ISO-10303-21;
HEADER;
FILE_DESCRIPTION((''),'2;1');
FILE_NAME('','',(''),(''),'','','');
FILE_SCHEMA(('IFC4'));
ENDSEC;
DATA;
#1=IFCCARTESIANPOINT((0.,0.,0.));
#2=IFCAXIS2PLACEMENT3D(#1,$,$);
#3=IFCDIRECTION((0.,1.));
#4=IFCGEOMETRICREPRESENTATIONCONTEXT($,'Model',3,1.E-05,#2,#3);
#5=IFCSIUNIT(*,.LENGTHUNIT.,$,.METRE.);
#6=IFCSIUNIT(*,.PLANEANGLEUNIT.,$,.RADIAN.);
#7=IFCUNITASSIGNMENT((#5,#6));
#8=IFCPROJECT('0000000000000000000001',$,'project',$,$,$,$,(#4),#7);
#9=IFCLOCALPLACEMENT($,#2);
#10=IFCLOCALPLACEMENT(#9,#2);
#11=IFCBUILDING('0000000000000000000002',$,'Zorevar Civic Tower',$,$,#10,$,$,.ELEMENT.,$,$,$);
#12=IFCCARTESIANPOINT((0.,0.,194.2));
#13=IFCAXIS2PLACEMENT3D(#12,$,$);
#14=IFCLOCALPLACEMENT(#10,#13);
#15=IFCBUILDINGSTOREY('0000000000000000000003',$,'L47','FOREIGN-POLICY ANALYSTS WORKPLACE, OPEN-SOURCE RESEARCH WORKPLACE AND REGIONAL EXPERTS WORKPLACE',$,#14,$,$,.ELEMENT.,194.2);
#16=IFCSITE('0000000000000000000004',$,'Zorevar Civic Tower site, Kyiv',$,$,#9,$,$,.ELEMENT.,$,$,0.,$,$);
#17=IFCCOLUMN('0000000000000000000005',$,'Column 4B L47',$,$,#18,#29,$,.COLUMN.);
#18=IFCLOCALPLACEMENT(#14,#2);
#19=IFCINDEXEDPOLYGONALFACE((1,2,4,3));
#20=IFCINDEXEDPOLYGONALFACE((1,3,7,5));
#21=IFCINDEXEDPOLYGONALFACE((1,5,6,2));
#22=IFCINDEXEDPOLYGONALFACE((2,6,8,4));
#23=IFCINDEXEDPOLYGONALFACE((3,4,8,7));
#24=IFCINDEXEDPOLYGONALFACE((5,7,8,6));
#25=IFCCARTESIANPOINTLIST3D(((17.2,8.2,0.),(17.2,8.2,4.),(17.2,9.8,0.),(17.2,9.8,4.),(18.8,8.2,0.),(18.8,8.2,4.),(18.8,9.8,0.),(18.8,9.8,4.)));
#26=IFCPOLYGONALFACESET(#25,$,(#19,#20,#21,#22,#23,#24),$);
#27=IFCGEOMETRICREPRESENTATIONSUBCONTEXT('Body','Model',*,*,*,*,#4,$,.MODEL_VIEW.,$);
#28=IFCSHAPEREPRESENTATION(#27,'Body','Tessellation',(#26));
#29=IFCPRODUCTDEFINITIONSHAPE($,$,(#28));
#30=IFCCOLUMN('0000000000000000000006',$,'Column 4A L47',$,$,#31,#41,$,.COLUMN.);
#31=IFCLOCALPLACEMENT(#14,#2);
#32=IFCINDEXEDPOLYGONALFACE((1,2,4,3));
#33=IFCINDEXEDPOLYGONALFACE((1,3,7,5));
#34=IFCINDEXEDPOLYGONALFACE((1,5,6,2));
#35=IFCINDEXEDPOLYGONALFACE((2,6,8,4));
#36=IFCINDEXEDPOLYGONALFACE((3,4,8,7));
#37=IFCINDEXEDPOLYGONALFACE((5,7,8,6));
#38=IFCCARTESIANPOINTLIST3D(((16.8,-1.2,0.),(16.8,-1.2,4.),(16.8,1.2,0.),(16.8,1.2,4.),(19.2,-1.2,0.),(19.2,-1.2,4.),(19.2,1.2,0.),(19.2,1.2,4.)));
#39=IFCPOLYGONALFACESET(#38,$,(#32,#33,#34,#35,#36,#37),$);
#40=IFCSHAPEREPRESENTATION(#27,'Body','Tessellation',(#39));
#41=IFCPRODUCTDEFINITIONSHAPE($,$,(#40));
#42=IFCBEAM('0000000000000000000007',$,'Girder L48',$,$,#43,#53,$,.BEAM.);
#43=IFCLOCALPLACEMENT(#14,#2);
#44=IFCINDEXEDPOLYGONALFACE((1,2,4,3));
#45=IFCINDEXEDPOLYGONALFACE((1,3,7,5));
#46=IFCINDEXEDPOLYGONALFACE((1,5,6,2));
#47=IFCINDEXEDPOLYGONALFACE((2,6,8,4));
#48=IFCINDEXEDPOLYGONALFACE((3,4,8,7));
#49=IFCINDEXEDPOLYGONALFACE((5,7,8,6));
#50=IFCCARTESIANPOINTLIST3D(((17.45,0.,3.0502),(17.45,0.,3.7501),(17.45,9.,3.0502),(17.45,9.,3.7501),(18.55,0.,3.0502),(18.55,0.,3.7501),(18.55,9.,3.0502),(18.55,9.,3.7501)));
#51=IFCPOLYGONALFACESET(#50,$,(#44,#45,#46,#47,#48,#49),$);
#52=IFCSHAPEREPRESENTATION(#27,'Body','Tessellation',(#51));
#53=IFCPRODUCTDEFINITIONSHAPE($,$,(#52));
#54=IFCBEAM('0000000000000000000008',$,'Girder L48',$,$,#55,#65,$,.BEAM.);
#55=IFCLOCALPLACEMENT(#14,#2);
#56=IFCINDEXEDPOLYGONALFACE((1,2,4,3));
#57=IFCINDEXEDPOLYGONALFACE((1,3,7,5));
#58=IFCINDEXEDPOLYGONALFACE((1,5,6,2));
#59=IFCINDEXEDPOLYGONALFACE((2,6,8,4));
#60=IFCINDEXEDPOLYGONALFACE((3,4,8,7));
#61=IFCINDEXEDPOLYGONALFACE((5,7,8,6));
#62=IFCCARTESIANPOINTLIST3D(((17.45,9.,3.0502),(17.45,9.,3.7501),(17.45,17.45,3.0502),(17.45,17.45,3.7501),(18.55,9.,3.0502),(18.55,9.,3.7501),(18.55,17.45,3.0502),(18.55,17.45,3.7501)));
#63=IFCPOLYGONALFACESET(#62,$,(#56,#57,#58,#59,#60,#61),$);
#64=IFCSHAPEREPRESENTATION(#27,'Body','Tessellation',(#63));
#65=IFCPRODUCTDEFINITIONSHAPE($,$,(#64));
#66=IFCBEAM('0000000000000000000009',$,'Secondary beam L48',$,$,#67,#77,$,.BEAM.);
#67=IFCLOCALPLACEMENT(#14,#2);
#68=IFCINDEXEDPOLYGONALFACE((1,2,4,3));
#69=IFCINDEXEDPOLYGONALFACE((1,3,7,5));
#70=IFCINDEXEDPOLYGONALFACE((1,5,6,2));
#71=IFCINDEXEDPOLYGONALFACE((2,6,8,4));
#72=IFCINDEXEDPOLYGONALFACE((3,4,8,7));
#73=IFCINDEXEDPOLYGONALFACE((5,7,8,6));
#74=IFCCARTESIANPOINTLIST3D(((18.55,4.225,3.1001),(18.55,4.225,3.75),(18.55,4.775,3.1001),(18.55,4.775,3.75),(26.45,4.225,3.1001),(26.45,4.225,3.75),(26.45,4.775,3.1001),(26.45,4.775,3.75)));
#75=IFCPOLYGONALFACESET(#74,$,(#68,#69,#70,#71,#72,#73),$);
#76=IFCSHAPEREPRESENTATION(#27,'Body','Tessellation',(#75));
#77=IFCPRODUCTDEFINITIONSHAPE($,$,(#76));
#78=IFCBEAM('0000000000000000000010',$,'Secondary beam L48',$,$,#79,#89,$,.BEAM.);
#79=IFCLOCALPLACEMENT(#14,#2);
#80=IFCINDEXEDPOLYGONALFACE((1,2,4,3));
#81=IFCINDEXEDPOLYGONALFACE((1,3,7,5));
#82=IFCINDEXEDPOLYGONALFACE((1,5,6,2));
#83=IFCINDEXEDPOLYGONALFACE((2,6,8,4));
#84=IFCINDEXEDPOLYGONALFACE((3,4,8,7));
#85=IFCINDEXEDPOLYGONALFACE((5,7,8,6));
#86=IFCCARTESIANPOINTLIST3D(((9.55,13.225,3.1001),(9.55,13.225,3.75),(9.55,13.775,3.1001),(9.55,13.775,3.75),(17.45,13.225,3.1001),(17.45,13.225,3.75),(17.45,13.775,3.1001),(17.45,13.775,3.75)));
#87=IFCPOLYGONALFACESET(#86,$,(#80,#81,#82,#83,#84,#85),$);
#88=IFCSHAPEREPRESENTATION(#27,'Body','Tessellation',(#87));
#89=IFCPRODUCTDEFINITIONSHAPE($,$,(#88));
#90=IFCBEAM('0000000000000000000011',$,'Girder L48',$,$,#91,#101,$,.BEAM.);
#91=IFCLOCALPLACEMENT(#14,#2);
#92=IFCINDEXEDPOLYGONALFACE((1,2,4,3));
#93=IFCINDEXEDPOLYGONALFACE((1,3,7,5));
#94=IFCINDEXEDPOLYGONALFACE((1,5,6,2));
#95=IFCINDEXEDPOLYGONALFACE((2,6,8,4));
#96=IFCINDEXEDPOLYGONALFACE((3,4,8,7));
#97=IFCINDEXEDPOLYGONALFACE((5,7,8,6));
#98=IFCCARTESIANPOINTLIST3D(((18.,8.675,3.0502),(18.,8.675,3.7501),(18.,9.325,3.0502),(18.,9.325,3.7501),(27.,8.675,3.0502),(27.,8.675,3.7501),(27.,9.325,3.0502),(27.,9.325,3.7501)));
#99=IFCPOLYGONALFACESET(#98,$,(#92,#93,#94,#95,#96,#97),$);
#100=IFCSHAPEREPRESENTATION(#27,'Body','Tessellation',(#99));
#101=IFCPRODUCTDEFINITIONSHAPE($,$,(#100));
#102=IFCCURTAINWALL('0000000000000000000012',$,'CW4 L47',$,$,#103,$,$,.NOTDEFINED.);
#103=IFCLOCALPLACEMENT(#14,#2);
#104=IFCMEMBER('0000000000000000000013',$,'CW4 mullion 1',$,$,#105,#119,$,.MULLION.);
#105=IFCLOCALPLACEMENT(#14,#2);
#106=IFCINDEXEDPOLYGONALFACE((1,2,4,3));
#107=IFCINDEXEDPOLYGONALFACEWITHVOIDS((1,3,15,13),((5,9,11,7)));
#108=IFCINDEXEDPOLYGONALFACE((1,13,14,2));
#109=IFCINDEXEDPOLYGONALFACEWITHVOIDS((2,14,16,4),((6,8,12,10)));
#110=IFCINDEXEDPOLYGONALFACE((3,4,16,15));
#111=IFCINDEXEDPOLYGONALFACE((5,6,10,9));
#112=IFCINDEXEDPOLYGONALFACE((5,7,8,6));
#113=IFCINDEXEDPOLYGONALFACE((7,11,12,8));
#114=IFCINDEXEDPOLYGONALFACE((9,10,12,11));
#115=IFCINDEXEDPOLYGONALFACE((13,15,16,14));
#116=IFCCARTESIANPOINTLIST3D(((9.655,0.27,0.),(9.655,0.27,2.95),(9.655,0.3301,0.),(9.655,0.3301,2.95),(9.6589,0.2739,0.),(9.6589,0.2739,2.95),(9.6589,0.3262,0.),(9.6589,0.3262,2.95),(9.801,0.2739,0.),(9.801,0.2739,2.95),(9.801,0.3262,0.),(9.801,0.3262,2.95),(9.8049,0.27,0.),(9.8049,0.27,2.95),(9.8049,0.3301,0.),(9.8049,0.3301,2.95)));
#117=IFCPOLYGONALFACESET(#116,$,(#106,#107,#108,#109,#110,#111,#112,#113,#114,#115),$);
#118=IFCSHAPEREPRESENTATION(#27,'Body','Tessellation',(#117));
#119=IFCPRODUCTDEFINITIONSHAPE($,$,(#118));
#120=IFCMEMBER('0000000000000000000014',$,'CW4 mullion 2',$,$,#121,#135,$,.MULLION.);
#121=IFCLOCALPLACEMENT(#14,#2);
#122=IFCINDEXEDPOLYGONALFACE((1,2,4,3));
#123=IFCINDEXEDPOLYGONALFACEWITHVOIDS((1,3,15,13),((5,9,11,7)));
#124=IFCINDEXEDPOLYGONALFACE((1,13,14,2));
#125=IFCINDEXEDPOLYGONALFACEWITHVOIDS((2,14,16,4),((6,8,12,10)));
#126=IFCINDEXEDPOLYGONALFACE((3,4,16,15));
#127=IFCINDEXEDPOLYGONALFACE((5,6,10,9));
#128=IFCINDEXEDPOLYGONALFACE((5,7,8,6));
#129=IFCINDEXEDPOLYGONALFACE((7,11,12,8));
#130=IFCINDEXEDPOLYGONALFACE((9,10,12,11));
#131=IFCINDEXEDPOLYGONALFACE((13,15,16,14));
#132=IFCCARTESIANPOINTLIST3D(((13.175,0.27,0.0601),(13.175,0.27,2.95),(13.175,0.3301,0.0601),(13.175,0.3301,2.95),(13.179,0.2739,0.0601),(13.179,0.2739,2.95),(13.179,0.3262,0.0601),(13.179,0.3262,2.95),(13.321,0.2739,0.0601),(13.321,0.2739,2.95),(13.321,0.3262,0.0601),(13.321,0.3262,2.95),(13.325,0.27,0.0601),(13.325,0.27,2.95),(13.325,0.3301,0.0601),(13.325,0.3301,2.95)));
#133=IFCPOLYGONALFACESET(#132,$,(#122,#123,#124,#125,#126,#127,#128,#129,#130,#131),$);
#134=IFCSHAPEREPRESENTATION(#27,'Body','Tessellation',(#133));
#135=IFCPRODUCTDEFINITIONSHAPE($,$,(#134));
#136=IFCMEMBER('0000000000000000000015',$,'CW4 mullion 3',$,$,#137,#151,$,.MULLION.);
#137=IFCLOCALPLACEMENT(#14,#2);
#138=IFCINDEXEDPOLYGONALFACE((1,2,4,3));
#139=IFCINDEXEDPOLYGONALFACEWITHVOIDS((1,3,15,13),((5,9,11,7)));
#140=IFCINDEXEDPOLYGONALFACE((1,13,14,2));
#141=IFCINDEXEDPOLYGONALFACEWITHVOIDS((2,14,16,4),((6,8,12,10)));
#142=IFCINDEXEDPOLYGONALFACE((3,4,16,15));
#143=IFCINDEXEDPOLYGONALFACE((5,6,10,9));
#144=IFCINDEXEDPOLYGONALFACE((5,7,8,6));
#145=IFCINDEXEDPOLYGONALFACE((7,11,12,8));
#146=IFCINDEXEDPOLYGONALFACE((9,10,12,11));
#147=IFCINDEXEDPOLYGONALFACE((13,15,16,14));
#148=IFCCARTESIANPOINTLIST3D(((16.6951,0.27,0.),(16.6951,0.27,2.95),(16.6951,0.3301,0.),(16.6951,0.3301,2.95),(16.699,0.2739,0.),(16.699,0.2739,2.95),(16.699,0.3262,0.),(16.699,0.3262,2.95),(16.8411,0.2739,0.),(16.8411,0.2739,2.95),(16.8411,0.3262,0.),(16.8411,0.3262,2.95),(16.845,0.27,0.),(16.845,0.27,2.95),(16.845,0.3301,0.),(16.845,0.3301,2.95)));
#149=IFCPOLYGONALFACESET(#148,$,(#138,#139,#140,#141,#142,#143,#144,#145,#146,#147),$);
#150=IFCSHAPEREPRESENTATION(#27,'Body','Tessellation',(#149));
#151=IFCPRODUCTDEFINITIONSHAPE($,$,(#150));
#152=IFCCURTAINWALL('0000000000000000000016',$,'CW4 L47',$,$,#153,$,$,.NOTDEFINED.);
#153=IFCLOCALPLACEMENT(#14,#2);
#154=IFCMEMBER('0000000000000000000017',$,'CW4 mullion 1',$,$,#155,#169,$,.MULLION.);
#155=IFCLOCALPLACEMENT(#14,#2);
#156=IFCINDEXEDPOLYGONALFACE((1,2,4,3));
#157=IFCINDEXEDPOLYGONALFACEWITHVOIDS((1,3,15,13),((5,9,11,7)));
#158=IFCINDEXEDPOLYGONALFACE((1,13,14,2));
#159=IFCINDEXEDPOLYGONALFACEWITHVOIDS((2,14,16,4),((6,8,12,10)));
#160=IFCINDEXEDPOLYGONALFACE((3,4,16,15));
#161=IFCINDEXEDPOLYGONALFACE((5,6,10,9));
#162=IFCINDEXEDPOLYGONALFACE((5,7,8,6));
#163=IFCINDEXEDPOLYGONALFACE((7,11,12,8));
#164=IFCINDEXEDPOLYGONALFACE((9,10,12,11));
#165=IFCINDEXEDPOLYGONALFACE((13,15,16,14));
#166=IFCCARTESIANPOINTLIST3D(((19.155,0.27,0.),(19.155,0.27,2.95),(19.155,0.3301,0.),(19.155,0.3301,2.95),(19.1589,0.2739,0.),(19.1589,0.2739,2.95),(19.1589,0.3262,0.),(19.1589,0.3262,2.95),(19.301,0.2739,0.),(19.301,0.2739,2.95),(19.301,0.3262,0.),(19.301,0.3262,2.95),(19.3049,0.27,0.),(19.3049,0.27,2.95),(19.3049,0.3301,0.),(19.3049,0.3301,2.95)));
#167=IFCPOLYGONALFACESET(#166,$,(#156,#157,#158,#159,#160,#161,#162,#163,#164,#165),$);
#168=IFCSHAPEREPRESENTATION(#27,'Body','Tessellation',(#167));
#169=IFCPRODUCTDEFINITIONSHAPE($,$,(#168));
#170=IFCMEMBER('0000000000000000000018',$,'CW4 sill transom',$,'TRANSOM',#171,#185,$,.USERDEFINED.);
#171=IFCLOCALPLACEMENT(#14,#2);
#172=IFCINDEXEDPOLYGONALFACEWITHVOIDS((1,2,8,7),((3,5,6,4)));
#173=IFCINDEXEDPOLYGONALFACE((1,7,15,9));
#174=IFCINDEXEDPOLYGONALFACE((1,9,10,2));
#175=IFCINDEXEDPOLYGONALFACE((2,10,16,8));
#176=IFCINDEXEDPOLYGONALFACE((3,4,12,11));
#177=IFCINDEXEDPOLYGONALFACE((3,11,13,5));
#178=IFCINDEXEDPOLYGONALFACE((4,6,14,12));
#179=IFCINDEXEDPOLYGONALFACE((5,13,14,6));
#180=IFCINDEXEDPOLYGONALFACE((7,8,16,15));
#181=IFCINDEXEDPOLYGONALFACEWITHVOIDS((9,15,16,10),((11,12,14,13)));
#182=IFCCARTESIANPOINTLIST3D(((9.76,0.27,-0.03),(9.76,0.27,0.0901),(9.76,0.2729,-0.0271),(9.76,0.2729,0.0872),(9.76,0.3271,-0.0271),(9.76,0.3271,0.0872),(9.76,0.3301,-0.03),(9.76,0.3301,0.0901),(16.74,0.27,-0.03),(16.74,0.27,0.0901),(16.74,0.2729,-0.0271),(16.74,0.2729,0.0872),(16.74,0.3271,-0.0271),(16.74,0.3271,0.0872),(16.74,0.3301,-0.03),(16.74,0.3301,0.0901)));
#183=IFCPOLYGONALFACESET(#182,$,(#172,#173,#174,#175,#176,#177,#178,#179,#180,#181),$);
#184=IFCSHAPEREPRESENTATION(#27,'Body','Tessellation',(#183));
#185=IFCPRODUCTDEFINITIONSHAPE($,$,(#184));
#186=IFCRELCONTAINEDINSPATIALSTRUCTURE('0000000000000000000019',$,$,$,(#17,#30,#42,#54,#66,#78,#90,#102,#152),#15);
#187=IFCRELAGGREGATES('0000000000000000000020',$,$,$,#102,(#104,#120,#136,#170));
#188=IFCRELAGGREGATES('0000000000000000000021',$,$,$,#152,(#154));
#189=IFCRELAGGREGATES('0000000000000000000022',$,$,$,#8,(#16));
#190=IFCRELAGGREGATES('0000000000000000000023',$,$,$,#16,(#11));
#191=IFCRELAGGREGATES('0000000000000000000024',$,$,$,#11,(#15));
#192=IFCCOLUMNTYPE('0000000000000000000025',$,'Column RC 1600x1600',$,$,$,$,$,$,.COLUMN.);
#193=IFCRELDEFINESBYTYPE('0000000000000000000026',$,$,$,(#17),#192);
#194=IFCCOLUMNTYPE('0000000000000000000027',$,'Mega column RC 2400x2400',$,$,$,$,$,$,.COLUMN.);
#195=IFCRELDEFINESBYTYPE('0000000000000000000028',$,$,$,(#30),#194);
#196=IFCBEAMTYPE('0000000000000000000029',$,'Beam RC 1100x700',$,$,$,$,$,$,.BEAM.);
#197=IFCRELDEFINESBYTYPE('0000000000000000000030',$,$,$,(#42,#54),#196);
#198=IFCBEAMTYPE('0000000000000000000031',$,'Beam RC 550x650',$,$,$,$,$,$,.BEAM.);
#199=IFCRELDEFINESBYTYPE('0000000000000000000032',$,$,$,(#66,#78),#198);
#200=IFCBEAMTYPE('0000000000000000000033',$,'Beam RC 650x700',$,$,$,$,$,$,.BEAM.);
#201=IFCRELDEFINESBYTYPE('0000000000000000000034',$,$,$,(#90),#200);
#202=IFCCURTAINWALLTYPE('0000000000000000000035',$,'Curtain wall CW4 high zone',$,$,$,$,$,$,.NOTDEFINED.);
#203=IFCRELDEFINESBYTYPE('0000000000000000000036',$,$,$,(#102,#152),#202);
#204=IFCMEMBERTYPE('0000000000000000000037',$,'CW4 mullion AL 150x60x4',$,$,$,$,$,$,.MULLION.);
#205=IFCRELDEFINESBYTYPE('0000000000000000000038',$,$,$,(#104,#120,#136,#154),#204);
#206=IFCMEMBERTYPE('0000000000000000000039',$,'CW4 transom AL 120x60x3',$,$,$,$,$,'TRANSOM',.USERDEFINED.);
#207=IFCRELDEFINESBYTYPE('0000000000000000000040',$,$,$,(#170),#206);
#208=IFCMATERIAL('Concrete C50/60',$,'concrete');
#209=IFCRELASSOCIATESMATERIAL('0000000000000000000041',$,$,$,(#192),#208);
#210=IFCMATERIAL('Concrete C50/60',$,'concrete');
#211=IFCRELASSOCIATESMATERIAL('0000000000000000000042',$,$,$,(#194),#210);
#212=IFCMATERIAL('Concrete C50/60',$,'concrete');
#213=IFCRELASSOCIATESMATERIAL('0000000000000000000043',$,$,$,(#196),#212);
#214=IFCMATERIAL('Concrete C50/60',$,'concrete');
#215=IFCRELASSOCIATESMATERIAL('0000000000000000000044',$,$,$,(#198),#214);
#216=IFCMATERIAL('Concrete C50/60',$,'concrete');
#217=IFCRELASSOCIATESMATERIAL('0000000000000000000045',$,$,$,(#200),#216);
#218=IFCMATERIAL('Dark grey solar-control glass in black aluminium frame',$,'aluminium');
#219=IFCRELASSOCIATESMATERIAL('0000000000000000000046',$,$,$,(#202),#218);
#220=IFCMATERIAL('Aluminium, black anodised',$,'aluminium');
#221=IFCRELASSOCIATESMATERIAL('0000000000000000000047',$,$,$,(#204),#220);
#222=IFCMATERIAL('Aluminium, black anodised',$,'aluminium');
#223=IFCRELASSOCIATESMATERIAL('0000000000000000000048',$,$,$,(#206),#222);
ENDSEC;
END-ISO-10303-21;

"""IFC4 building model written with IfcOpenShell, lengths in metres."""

from ifc_helpers import new_model, si_unit, direction, frame, origin, origin_2d, place, context, subcontext, project, spatial, rectangle, hollow_rectangle, extrude, material, material_profile, profile_set, type_object, element, aggregate, save


model = new_model("IFC4")

# Units and contexts
model_context = context("Model", 3, precision=1e-05, world=origin(), true_north=direction((0.0, 1.0)))
body_context = subcontext(model_context, "Body", "Model", "MODEL_VIEW")
ifc_project = project(units=[si_unit("LENGTHUNIT", "METRE"), si_unit("PLANEANGLEUNIT", "RADIAN")], contexts=[model_context])

# Site, building, storey
site_placement = place(None, origin())
site = spatial("IfcSite", under=ifc_project, at=site_placement, Name="Zorevar Civic Tower site, Kyiv", CompositionType="ELEMENT", RefElevation=0.0)
building_placement = place(site_placement, origin())
building = spatial("IfcBuilding", under=site, at=building_placement, Name="Zorevar Civic Tower", CompositionType="ELEMENT")
storey_placement = place(building_placement, frame((0.0, 0.0, 194.2)))
storey = spatial("IfcBuildingStorey", under=building, at=storey_placement, Name="L47", Description="FOREIGN-POLICY ANALYSTS WORKPLACE, OPEN-SOURCE RESEARCH WORKPLACE AND REGIONAL EXPERTS WORKPLACE", CompositionType="ELEMENT", Elevation=194.2)

# Columns
ifc_material_1 = material(Name="Concrete C50/60", Category="concrete")
ifc_material_profile_1 = material_profile(ifc_material_1, rectangle(XDim=1.6001, YDim=1.6001, at=origin_2d()), Name="RC 1600x1600")
ifc_profile_set_1 = profile_set([ifc_material_profile_1], Name="Concrete C50/60")
column_type_1 = type_object("IfcColumnType", Name="Column RC 1600x1600", PredefinedType="COLUMN", material=ifc_profile_set_1)
column_1_placement = place(storey_placement, frame((18.0, 9.0, 0.0), z_axis=(0.0, 0.0, 1.0), x_axis=(1.0, 0.0, 0.0)))
element("IfcColumn", 1, at=column_1_placement, inside=storey, type_object=column_type_1, Name="Column 4B L47", PredefinedType="COLUMN", context=body_context, shape_type="SweptSolid", body=[
    extrude(rectangle(XDim=1.6001, YDim=1.6001, at=origin_2d()), origin(), (0.0, 0.0, 1.0), 4.0),
])
ifc_material_2 = material(Name="Concrete C50/60", Category="concrete")
ifc_material_profile_2 = material_profile(ifc_material_2, rectangle(XDim=2.3999, YDim=2.3999, at=origin_2d()), Name="RC 2400x2400")
ifc_profile_set_2 = profile_set([ifc_material_profile_2], Name="Concrete C50/60")
column_type_2 = type_object("IfcColumnType", Name="Mega column RC 2400x2400", PredefinedType="COLUMN", material=ifc_profile_set_2)
column_2_placement = place(storey_placement, frame((18.0, 0.0, 0.0), z_axis=(0.0, 0.0, 1.0), x_axis=(1.0, 0.0, 0.0)))
element("IfcColumn", 2, at=column_2_placement, inside=storey, type_object=column_type_2, Name="Column 4A L47", PredefinedType="COLUMN", context=body_context, shape_type="SweptSolid", body=[
    extrude(rectangle(XDim=2.3999, YDim=2.3999, at=origin_2d()), origin(), (0.0, 0.0, 1.0), 4.0),
])

# Beams
ifc_material_3 = material(Name="Concrete C50/60", Category="concrete")
ifc_material_profile_3 = material_profile(ifc_material_3, rectangle(XDim=1.1001, YDim=0.7, at=origin_2d()), Name="RC 1100x700")
ifc_profile_set_3 = profile_set([ifc_material_profile_3], Name="Concrete C50/60")
beam_type_1 = type_object("IfcBeamType", Name="Beam RC 1100x700", PredefinedType="BEAM", material=ifc_profile_set_3)
beam_1_placement = place(storey_placement, frame((18.0, 0.0, 3.4001), z_axis=(0.0, 1.0, 0.0), x_axis=(-1.0, 0.0, 0.0)))
element("IfcBeam", 3, at=beam_1_placement, inside=storey, type_object=beam_type_1, Name="Girder L48", PredefinedType="BEAM", context=body_context, shape_type="SweptSolid", body=[
    extrude(rectangle(XDim=1.1001, YDim=0.7, at=origin_2d()), origin(), (0.0, 0.0, 1.0), 9.0),
])
beam_2_placement = place(storey_placement, frame((18.0, 9.0, 3.4001), z_axis=(0.0, 1.0, 0.0), x_axis=(-1.0, 0.0, 0.0)))
element("IfcBeam", 4, at=beam_2_placement, inside=storey, type_object=beam_type_1, Name="Girder L48", PredefinedType="BEAM", context=body_context, shape_type="SweptSolid", body=[
    extrude(rectangle(XDim=1.1001, YDim=0.7, at=origin_2d()), origin(), (0.0, 0.0, 1.0), 8.45),
])
ifc_material_4 = material(Name="Concrete C50/60", Category="concrete")
ifc_material_profile_4 = material_profile(ifc_material_4, rectangle(XDim=0.55, YDim=0.6499, at=origin_2d()), Name="RC 550x650")
ifc_profile_set_4 = profile_set([ifc_material_profile_4], Name="Concrete C50/60")
beam_type_2 = type_object("IfcBeamType", Name="Beam RC 550x650", PredefinedType="BEAM", material=ifc_profile_set_4)
for number, where, z_axis, x_axis, name in (
    (5, (18.55, 4.5, 3.425), (1.0, 0.0, 0.0), (0.0, 1.0, 0.0), "Secondary beam L48"),
    (6, (9.55, 13.5, 3.425), (1.0, 0.0, 0.0), (0.0, 1.0, 0.0), "Secondary beam L48"),
):
    element("IfcBeam", number, at=place(storey_placement, frame(where, z_axis=z_axis, x_axis=x_axis)), inside=storey, type_object=beam_type_2, Name=name, PredefinedType="BEAM", context=body_context, shape_type="SweptSolid", body=[
        extrude(rectangle(XDim=0.55, YDim=0.6499, at=origin_2d()), origin(), (0.0, 0.0, 1.0), 7.8999),
    ])
ifc_material_5 = material(Name="Concrete C50/60", Category="concrete")
ifc_material_profile_5 = material_profile(ifc_material_5, rectangle(XDim=0.6499, YDim=0.7, at=origin_2d()), Name="RC 650x700")
ifc_profile_set_5 = profile_set([ifc_material_profile_5], Name="Concrete C50/60")
beam_type_3 = type_object("IfcBeamType", Name="Beam RC 650x700", PredefinedType="BEAM", material=ifc_profile_set_5)
beam_3_placement = place(storey_placement, frame((18.0, 9.0, 3.4001), z_axis=(1.0, 0.0, 0.0), x_axis=(0.0, 1.0, 0.0)))
element("IfcBeam", 7, at=beam_3_placement, inside=storey, type_object=beam_type_3, Name="Girder L48", PredefinedType="BEAM", context=body_context, shape_type="SweptSolid", body=[
    extrude(rectangle(XDim=0.6499, YDim=0.7, at=origin_2d()), origin(), (0.0, 0.0, 1.0), 9.0),
])

# Curtain wall, members
ifc_material_6 = material(Name="Dark grey solar-control glass in black aluminium frame", Category="aluminium")
curtain_wall_type = type_object("IfcCurtainWallType", Name="Curtain wall CW4 high zone", PredefinedType="NOTDEFINED", material=ifc_material_6)
curtain_wall_1_placement = place(storey_placement, origin())
curtain_wall_1 = element("IfcCurtainWall", 8, at=curtain_wall_1_placement, inside=storey, type_object=curtain_wall_type, Name="CW4 L47", PredefinedType="NOTDEFINED")
ifc_material_7 = material(Name="Aluminium, black anodised", Category="aluminium")
ifc_material_profile_6 = material_profile(ifc_material_7, hollow_rectangle(XDim=0.0601, YDim=0.1499, WallThickness=0.0039, at=origin_2d()), Name="AL 150x60x4")
ifc_profile_set_6 = profile_set([ifc_material_profile_6], Name="Aluminium, black anodised")
member_type_1 = type_object("IfcMemberType", Name="CW4 mullion AL 150x60x4", PredefinedType="MULLION", material=ifc_profile_set_6)
member_1_placement = place(storey_placement, frame((9.73, 0.3, 0.0), z_axis=(0.0, 0.0, 1.0), x_axis=(0.0, 1.0, 0.0)))
member_1 = element("IfcMember", 9, at=member_1_placement, type_object=member_type_1, Name="CW4 mullion 1", PredefinedType="MULLION", context=body_context, shape_type="SweptSolid", body=[
    extrude(hollow_rectangle(XDim=0.0601, YDim=0.1499, WallThickness=0.0039, at=origin_2d()), origin(), (0.0, 0.0, 1.0), 2.95),
])
member_2_placement = place(storey_placement, frame((13.25, 0.3, 0.0601), z_axis=(0.0, 0.0, 1.0), x_axis=(0.0, 1.0, 0.0)))
member_2 = element("IfcMember", 10, at=member_2_placement, type_object=member_type_1, Name="CW4 mullion 2", PredefinedType="MULLION", context=body_context, shape_type="SweptSolid", body=[
    extrude(hollow_rectangle(XDim=0.0601, YDim=0.1499, WallThickness=0.0039, at=origin_2d()), origin(), (0.0, 0.0, 1.0), 2.8899),
])
member_3_placement = place(storey_placement, frame((16.77, 0.3, 0.0), z_axis=(0.0, 0.0, 1.0), x_axis=(0.0, 1.0, 0.0)))
member_3 = element("IfcMember", 11, at=member_3_placement, type_object=member_type_1, Name="CW4 mullion 3", PredefinedType="MULLION", context=body_context, shape_type="SweptSolid", body=[
    extrude(hollow_rectangle(XDim=0.0601, YDim=0.1499, WallThickness=0.0039, at=origin_2d()), origin(), (0.0, 0.0, 1.0), 2.95),
])

# Curtain wall, member
curtain_wall_2_placement = place(storey_placement, origin())
curtain_wall_2 = element("IfcCurtainWall", 12, at=curtain_wall_2_placement, inside=storey, type_object=curtain_wall_type, Name="CW4 L47", PredefinedType="NOTDEFINED")
member_4_placement = place(storey_placement, frame((19.23, 0.3, 0.0), z_axis=(0.0, 0.0, 1.0), x_axis=(0.0, 1.0, 0.0)))
member_4 = element("IfcMember", 13, at=member_4_placement, type_object=member_type_1, Name="CW4 mullion 1", PredefinedType="MULLION", context=body_context, shape_type="SweptSolid", body=[
    extrude(hollow_rectangle(XDim=0.0601, YDim=0.1499, WallThickness=0.0039, at=origin_2d()), origin(), (0.0, 0.0, 1.0), 2.95),
])

# Member
ifc_material_8 = material(Name="Aluminium, black anodised", Category="aluminium")
ifc_material_profile_7 = material_profile(ifc_material_8, hollow_rectangle(XDim=0.0601, YDim=0.1201, WallThickness=0.0029, at=origin_2d()), Name="AL 120x60x3")
ifc_profile_set_7 = profile_set([ifc_material_profile_7], Name="Aluminium, black anodised")
member_type_2 = type_object("IfcMemberType", Name="CW4 transom AL 120x60x3", ElementType="TRANSOM", PredefinedType="USERDEFINED", material=ifc_profile_set_7)
member_5_placement = place(storey_placement, frame((9.76, 0.3, 0.03), z_axis=(1.0, 0.0, 0.0), x_axis=(0.0, 1.0, 0.0)))
member_5 = element("IfcMember", 14, at=member_5_placement, type_object=member_type_2, Name="CW4 sill transom", ObjectType="TRANSOM", PredefinedType="USERDEFINED", context=body_context, shape_type="SweptSolid", body=[
    extrude(hollow_rectangle(XDim=0.0601, YDim=0.1201, WallThickness=0.0029, at=origin_2d()), origin(), (0.0, 0.0, 1.0), 6.98),
])

aggregate(curtain_wall_1, [member_1, member_2, member_3, member_5])
aggregate(curtain_wall_2, [member_4])

save(model, "model.ifc")
